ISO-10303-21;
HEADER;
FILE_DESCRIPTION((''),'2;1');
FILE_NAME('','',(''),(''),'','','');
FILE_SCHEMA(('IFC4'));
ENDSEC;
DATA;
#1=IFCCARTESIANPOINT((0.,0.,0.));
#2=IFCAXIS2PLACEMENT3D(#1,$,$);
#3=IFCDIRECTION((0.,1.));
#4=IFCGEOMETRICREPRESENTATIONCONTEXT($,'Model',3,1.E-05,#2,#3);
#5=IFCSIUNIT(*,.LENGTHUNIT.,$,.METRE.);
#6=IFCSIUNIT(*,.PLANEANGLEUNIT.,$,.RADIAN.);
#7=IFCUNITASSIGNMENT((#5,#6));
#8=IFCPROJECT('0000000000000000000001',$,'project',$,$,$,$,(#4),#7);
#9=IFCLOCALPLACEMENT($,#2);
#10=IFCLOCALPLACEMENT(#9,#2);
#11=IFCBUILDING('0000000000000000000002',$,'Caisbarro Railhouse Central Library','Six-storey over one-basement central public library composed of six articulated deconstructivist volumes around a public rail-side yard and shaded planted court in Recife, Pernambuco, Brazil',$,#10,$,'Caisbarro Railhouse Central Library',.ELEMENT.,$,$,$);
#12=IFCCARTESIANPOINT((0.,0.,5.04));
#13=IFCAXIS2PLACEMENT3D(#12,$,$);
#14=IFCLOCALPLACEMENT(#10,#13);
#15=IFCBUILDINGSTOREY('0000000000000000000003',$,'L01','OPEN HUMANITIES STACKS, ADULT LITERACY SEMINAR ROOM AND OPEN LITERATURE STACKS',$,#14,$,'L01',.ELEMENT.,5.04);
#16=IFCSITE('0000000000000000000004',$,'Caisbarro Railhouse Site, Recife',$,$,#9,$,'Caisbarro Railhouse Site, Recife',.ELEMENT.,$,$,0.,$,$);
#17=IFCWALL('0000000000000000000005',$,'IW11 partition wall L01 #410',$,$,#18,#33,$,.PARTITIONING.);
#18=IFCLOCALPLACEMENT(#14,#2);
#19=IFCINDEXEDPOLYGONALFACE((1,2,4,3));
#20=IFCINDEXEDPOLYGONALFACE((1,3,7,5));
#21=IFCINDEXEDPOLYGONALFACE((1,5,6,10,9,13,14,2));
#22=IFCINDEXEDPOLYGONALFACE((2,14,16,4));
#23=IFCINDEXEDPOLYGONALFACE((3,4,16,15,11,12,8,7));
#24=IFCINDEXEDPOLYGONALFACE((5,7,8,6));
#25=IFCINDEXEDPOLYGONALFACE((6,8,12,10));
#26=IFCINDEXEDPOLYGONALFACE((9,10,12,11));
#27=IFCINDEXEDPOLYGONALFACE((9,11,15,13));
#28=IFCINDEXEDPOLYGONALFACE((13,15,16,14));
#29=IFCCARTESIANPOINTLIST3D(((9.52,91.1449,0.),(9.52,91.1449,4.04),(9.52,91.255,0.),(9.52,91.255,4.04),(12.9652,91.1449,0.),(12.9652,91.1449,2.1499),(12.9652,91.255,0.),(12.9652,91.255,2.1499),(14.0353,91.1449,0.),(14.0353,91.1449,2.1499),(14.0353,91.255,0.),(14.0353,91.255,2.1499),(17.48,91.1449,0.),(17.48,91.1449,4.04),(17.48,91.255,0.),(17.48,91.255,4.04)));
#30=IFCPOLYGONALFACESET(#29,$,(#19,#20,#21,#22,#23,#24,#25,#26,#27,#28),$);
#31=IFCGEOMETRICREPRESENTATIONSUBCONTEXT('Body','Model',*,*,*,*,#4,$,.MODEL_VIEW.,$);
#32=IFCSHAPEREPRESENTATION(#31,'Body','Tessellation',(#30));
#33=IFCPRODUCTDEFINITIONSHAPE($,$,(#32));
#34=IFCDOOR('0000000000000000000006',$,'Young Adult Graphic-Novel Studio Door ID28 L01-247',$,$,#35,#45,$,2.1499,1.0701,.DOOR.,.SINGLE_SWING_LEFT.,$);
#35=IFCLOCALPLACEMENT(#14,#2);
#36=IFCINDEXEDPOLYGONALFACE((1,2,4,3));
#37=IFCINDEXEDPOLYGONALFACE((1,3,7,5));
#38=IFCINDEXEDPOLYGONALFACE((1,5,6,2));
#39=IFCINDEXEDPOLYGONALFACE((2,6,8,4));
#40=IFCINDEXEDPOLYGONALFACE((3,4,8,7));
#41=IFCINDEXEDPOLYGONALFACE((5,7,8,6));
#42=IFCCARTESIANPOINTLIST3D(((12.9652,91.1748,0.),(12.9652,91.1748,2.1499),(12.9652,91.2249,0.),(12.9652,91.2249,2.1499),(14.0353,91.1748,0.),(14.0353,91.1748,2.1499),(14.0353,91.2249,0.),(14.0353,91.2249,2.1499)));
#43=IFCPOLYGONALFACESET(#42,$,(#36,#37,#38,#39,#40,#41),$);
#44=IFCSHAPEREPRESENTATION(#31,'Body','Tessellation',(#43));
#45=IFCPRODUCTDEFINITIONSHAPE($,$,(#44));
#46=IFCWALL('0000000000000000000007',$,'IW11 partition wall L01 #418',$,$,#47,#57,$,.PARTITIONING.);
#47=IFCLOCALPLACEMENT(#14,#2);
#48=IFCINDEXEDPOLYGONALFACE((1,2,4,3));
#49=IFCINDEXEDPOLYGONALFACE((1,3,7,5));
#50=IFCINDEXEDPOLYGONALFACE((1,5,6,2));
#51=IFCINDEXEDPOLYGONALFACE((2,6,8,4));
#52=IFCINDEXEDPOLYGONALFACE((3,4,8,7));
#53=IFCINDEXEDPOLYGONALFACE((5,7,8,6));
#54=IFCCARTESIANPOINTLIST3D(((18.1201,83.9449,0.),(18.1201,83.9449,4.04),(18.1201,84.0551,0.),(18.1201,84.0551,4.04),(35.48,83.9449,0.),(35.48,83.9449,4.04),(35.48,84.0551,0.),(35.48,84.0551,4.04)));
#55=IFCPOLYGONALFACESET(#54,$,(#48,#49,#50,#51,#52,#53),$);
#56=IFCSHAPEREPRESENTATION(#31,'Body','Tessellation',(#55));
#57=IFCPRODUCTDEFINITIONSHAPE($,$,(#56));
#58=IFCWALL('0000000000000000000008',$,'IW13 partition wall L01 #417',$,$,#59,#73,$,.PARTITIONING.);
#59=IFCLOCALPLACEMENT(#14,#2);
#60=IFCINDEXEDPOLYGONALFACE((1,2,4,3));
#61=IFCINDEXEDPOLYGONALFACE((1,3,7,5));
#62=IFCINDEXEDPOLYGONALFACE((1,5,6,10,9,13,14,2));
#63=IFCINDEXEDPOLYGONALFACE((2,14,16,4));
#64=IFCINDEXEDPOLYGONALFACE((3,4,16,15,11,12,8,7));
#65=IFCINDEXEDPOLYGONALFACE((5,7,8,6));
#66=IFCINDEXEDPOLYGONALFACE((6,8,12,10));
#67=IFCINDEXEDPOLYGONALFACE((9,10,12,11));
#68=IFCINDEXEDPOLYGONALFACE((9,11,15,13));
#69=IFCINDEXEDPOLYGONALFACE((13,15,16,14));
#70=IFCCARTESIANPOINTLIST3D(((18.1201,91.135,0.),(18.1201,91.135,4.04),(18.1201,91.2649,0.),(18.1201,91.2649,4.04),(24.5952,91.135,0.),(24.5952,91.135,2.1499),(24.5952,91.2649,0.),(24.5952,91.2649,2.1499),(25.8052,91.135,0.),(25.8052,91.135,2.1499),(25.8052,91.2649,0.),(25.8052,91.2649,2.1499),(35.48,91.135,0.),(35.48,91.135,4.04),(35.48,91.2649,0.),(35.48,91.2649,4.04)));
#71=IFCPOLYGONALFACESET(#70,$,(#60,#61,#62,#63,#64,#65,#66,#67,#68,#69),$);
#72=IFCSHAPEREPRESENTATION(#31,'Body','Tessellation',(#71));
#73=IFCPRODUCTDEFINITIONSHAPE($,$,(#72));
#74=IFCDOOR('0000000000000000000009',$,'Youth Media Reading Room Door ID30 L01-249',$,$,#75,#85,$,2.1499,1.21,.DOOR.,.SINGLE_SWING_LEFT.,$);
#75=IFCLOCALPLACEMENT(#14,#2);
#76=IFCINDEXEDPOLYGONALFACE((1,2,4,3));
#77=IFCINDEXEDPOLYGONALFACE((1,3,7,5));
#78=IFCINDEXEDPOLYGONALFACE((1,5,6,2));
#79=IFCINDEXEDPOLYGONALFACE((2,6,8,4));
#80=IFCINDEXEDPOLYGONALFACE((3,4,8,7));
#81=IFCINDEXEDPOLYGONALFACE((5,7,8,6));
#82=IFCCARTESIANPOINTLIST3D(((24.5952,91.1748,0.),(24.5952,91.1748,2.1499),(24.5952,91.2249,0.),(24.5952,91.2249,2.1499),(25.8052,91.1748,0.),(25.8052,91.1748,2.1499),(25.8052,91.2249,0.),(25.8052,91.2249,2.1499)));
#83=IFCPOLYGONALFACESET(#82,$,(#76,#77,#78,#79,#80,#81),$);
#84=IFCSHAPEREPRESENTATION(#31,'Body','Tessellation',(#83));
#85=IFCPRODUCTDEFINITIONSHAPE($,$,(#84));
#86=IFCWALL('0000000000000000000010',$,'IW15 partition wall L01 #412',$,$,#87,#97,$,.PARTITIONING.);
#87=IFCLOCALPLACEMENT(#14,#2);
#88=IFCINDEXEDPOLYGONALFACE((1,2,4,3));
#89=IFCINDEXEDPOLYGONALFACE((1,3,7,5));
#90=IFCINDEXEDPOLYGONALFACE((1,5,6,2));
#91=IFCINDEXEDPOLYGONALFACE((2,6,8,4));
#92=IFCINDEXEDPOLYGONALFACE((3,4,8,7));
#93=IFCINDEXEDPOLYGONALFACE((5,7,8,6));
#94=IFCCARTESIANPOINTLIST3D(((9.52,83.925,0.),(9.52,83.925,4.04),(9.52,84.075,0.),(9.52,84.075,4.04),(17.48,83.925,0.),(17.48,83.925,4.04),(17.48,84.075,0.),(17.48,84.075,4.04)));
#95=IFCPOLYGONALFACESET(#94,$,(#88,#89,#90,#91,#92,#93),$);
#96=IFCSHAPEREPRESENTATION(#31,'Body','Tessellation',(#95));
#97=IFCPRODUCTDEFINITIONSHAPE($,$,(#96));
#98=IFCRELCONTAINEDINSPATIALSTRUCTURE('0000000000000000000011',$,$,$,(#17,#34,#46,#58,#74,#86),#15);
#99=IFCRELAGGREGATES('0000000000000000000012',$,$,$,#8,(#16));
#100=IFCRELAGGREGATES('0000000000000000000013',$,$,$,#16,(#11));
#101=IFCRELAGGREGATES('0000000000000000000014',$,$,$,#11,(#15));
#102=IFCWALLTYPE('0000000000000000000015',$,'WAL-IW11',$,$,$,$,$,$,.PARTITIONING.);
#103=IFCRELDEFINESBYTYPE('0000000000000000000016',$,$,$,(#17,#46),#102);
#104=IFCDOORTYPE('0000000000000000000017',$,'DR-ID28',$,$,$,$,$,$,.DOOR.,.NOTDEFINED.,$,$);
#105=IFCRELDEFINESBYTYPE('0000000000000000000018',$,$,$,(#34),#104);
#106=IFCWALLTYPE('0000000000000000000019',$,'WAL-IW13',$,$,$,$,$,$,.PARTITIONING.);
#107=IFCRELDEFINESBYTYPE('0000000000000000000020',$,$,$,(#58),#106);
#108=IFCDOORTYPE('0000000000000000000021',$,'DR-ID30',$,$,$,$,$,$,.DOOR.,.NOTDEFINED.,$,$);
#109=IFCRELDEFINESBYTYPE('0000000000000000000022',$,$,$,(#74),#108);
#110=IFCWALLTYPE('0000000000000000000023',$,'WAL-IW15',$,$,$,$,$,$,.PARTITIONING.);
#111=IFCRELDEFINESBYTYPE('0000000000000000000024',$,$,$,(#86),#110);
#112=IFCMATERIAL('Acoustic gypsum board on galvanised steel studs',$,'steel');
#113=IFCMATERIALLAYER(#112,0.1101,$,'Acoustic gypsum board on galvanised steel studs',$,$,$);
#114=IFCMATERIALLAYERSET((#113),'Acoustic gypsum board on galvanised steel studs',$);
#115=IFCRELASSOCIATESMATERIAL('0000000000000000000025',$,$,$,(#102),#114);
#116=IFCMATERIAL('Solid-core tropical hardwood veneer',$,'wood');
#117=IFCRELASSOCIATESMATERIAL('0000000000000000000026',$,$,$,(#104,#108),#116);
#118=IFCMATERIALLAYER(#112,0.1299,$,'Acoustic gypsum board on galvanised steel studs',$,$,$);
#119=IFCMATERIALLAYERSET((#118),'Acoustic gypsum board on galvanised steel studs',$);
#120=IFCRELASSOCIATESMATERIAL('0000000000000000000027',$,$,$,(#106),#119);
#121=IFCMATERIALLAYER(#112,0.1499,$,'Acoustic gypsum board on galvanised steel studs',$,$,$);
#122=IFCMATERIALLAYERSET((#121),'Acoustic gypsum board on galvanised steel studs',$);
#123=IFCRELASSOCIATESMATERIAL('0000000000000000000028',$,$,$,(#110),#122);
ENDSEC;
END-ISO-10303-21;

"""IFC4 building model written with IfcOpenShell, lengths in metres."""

from ifc_helpers import new_model, si_unit, direction, frame, frame_2d, origin, place, context, subcontext, project, spatial, rectangle, extrude, material, layer, layer_set, type_object, element, fill, save


model = new_model("IFC4")

# Units and contexts
model_context = context("Model", 3, precision=1e-05, world=origin(), true_north=direction((0.0, 1.0)))
body_context = subcontext(model_context, "Body", "Model", "MODEL_VIEW")
ifc_project = project(units=[si_unit("LENGTHUNIT", "METRE"), si_unit("PLANEANGLEUNIT", "RADIAN")], contexts=[model_context])

# Site, building, storey
site_placement = place(None, origin())
site = spatial("IfcSite", under=ifc_project, at=site_placement, Name="Caisbarro Railhouse Site, Recife", LongName="Caisbarro Railhouse Site, Recife", CompositionType="ELEMENT", RefElevation=0.0)
building_placement = place(site_placement, origin())
building = spatial("IfcBuilding", under=site, at=building_placement, Name="Caisbarro Railhouse Central Library", Description="Six-storey over one-basement central public library composed of six articulated deconstructivist volumes around a public rail-side yard and shaded planted court in Recife, Pernambuco, Brazil", LongName="Caisbarro Railhouse Central Library", CompositionType="ELEMENT")
storey_placement = place(building_placement, frame((0.0, 0.0, 5.04)))
storey = spatial("IfcBuildingStorey", under=building, at=storey_placement, Name="L01", Description="OPEN HUMANITIES STACKS, ADULT LITERACY SEMINAR ROOM AND OPEN LITERATURE STACKS", LongName="L01", CompositionType="ELEMENT", Elevation=5.04)

# Shared definitions
ifc_material_1 = material(Name="Acoustic gypsum board on galvanised steel studs", Category="steel")

# Wall, opening, door
ifc_layer_1 = layer(ifc_material_1, 0.1101, Name="Acoustic gypsum board on galvanised steel studs")
ifc_layer_set_1 = layer_set([ifc_layer_1], Name="Acoustic gypsum board on galvanised steel studs")
wall_type_1 = type_object("IfcWallType", Name="WAL-IW11", PredefinedType="PARTITIONING", material=ifc_layer_set_1)
wall_1_placement = place(storey_placement, frame((9.52, 91.2, 0.0), z_axis=(0.0, 0.0, 1.0), x_axis=(1.0, 0.0, 0.0)))
wall_1 = element("IfcWall", 1, at=wall_1_placement, inside=storey, type_object=wall_type_1, Name="IW11 partition wall L01 #410", PredefinedType="PARTITIONING", context=body_context, shape_type="SweptSolid", body=[
    extrude(rectangle(XDim=7.96, YDim=0.1101, at=frame_2d((3.98, 0.0))), origin(), (0.0, 0.0, 1.0), 4.04),
])
opening_1_placement = place(wall_1_placement, frame((3.4451, 0.0, 0.0)))
opening_1 = element("IfcOpeningElement", 2, at=opening_1_placement, cuts=wall_1, PredefinedType="OPENING", context=body_context, shape_type="SweptSolid", body=[
    extrude(rectangle(XDim=1.0701, YDim=2.1499, at=frame_2d((0.5352, 1.075))), frame((0.0, 0.0649, 0.0), z_axis=(0.0, -1.0, 0.0), x_axis=(1.0, 0.0, 0.0)), (0.0, 0.0, 1.0), 0.1301),
])
ifc_material_2 = material(Name="Solid-core tropical hardwood veneer", Category="wood")
door_type_1 = type_object("IfcDoorType", Name="DR-ID28", OperationType="NOTDEFINED", PredefinedType="DOOR", material=ifc_material_2)
door_1_placement = place(opening_1_placement, origin())
door_1 = element("IfcDoor", 3, at=door_1_placement, inside=storey, type_object=door_type_1, Name="Young Adult Graphic-Novel Studio Door ID28 L01-247", OperationType="SINGLE_SWING_LEFT", OverallHeight=2.1499, OverallWidth=1.0701, PredefinedType="DOOR", context=body_context, shape_type="SweptSolid", body=[
    extrude(rectangle(XDim=1.0701, YDim=2.1499, at=frame_2d((0.5352, 1.075))), frame((0.0, 0.0249, 0.0), z_axis=(0.0, -1.0, 0.0), x_axis=(1.0, 0.0, 0.0)), (0.0, 0.0, 1.0), 0.05),
])
fill(opening_1, door_1)

# Wall
wall_2_placement = place(storey_placement, frame((18.1201, 84.0, 0.0), z_axis=(0.0, 0.0, 1.0), x_axis=(1.0, 0.0, 0.0)))
element("IfcWall", 4, at=wall_2_placement, inside=storey, type_object=wall_type_1, Name="IW11 partition wall L01 #418", PredefinedType="PARTITIONING", context=body_context, shape_type="SweptSolid", body=[
    extrude(rectangle(XDim=17.3599, YDim=0.1101, at=frame_2d((8.6799, 0.0))), origin(), (0.0, 0.0, 1.0), 4.04),
])

# Wall, opening, door
ifc_layer_2 = layer(ifc_material_1, 0.1299, Name="Acoustic gypsum board on galvanised steel studs")
ifc_layer_set_2 = layer_set([ifc_layer_2], Name="Acoustic gypsum board on galvanised steel studs")
wall_type_2 = type_object("IfcWallType", Name="WAL-IW13", PredefinedType="PARTITIONING", material=ifc_layer_set_2)
wall_3_placement = place(storey_placement, frame((18.1201, 91.2, 0.0), z_axis=(0.0, 0.0, 1.0), x_axis=(1.0, 0.0, 0.0)))
wall_3 = element("IfcWall", 5, at=wall_3_placement, inside=storey, type_object=wall_type_2, Name="IW13 partition wall L01 #417", PredefinedType="PARTITIONING", context=body_context, shape_type="SweptSolid", body=[
    extrude(rectangle(XDim=17.3599, YDim=0.1299, at=frame_2d((8.6799, 0.0))), origin(), (0.0, 0.0, 1.0), 4.04),
])
opening_2_placement = place(wall_3_placement, frame((6.4751, 0.0, 0.0)))
opening_2 = element("IfcOpeningElement", 6, at=opening_2_placement, cuts=wall_3, PredefinedType="OPENING", context=body_context, shape_type="SweptSolid", body=[
    extrude(rectangle(XDim=1.21, YDim=2.1499, at=frame_2d((0.605, 1.075))), frame((0.0, 0.075, 0.0), z_axis=(0.0, -1.0, 0.0), x_axis=(1.0, 0.0, 0.0)), (0.0, 0.0, 1.0), 0.1499),
])
door_type_2 = type_object("IfcDoorType", Name="DR-ID30", OperationType="NOTDEFINED", PredefinedType="DOOR", material=ifc_material_2)
door_2_placement = place(opening_2_placement, origin())
door_2 = element("IfcDoor", 7, at=door_2_placement, inside=storey, type_object=door_type_2, Name="Youth Media Reading Room Door ID30 L01-249", OperationType="SINGLE_SWING_LEFT", OverallHeight=2.1499, OverallWidth=1.21, PredefinedType="DOOR", context=body_context, shape_type="SweptSolid", body=[
    extrude(rectangle(XDim=1.21, YDim=2.1499, at=frame_2d((0.605, 1.075))), frame((0.0, 0.0249, 0.0), z_axis=(0.0, -1.0, 0.0), x_axis=(1.0, 0.0, 0.0)), (0.0, 0.0, 1.0), 0.05),
])
fill(opening_2, door_2)

# Wall
ifc_layer_3 = layer(ifc_material_1, 0.1499, Name="Acoustic gypsum board on galvanised steel studs")
ifc_layer_set_3 = layer_set([ifc_layer_3], Name="Acoustic gypsum board on galvanised steel studs")
wall_type_3 = type_object("IfcWallType", Name="WAL-IW15", PredefinedType="PARTITIONING", material=ifc_layer_set_3)
wall_4_placement = place(storey_placement, frame((9.52, 84.0, 0.0), z_axis=(0.0, 0.0, 1.0), x_axis=(1.0, 0.0, 0.0)))
element("IfcWall", 8, at=wall_4_placement, inside=storey, type_object=wall_type_3, Name="IW15 partition wall L01 #412", PredefinedType="PARTITIONING", context=body_context, shape_type="SweptSolid", body=[
    extrude(rectangle(XDim=7.96, YDim=0.1499, at=frame_2d((3.98, 0.0))), origin(), (0.0, 0.0, 1.0), 4.04),
])

save(model, "model.ifc")
